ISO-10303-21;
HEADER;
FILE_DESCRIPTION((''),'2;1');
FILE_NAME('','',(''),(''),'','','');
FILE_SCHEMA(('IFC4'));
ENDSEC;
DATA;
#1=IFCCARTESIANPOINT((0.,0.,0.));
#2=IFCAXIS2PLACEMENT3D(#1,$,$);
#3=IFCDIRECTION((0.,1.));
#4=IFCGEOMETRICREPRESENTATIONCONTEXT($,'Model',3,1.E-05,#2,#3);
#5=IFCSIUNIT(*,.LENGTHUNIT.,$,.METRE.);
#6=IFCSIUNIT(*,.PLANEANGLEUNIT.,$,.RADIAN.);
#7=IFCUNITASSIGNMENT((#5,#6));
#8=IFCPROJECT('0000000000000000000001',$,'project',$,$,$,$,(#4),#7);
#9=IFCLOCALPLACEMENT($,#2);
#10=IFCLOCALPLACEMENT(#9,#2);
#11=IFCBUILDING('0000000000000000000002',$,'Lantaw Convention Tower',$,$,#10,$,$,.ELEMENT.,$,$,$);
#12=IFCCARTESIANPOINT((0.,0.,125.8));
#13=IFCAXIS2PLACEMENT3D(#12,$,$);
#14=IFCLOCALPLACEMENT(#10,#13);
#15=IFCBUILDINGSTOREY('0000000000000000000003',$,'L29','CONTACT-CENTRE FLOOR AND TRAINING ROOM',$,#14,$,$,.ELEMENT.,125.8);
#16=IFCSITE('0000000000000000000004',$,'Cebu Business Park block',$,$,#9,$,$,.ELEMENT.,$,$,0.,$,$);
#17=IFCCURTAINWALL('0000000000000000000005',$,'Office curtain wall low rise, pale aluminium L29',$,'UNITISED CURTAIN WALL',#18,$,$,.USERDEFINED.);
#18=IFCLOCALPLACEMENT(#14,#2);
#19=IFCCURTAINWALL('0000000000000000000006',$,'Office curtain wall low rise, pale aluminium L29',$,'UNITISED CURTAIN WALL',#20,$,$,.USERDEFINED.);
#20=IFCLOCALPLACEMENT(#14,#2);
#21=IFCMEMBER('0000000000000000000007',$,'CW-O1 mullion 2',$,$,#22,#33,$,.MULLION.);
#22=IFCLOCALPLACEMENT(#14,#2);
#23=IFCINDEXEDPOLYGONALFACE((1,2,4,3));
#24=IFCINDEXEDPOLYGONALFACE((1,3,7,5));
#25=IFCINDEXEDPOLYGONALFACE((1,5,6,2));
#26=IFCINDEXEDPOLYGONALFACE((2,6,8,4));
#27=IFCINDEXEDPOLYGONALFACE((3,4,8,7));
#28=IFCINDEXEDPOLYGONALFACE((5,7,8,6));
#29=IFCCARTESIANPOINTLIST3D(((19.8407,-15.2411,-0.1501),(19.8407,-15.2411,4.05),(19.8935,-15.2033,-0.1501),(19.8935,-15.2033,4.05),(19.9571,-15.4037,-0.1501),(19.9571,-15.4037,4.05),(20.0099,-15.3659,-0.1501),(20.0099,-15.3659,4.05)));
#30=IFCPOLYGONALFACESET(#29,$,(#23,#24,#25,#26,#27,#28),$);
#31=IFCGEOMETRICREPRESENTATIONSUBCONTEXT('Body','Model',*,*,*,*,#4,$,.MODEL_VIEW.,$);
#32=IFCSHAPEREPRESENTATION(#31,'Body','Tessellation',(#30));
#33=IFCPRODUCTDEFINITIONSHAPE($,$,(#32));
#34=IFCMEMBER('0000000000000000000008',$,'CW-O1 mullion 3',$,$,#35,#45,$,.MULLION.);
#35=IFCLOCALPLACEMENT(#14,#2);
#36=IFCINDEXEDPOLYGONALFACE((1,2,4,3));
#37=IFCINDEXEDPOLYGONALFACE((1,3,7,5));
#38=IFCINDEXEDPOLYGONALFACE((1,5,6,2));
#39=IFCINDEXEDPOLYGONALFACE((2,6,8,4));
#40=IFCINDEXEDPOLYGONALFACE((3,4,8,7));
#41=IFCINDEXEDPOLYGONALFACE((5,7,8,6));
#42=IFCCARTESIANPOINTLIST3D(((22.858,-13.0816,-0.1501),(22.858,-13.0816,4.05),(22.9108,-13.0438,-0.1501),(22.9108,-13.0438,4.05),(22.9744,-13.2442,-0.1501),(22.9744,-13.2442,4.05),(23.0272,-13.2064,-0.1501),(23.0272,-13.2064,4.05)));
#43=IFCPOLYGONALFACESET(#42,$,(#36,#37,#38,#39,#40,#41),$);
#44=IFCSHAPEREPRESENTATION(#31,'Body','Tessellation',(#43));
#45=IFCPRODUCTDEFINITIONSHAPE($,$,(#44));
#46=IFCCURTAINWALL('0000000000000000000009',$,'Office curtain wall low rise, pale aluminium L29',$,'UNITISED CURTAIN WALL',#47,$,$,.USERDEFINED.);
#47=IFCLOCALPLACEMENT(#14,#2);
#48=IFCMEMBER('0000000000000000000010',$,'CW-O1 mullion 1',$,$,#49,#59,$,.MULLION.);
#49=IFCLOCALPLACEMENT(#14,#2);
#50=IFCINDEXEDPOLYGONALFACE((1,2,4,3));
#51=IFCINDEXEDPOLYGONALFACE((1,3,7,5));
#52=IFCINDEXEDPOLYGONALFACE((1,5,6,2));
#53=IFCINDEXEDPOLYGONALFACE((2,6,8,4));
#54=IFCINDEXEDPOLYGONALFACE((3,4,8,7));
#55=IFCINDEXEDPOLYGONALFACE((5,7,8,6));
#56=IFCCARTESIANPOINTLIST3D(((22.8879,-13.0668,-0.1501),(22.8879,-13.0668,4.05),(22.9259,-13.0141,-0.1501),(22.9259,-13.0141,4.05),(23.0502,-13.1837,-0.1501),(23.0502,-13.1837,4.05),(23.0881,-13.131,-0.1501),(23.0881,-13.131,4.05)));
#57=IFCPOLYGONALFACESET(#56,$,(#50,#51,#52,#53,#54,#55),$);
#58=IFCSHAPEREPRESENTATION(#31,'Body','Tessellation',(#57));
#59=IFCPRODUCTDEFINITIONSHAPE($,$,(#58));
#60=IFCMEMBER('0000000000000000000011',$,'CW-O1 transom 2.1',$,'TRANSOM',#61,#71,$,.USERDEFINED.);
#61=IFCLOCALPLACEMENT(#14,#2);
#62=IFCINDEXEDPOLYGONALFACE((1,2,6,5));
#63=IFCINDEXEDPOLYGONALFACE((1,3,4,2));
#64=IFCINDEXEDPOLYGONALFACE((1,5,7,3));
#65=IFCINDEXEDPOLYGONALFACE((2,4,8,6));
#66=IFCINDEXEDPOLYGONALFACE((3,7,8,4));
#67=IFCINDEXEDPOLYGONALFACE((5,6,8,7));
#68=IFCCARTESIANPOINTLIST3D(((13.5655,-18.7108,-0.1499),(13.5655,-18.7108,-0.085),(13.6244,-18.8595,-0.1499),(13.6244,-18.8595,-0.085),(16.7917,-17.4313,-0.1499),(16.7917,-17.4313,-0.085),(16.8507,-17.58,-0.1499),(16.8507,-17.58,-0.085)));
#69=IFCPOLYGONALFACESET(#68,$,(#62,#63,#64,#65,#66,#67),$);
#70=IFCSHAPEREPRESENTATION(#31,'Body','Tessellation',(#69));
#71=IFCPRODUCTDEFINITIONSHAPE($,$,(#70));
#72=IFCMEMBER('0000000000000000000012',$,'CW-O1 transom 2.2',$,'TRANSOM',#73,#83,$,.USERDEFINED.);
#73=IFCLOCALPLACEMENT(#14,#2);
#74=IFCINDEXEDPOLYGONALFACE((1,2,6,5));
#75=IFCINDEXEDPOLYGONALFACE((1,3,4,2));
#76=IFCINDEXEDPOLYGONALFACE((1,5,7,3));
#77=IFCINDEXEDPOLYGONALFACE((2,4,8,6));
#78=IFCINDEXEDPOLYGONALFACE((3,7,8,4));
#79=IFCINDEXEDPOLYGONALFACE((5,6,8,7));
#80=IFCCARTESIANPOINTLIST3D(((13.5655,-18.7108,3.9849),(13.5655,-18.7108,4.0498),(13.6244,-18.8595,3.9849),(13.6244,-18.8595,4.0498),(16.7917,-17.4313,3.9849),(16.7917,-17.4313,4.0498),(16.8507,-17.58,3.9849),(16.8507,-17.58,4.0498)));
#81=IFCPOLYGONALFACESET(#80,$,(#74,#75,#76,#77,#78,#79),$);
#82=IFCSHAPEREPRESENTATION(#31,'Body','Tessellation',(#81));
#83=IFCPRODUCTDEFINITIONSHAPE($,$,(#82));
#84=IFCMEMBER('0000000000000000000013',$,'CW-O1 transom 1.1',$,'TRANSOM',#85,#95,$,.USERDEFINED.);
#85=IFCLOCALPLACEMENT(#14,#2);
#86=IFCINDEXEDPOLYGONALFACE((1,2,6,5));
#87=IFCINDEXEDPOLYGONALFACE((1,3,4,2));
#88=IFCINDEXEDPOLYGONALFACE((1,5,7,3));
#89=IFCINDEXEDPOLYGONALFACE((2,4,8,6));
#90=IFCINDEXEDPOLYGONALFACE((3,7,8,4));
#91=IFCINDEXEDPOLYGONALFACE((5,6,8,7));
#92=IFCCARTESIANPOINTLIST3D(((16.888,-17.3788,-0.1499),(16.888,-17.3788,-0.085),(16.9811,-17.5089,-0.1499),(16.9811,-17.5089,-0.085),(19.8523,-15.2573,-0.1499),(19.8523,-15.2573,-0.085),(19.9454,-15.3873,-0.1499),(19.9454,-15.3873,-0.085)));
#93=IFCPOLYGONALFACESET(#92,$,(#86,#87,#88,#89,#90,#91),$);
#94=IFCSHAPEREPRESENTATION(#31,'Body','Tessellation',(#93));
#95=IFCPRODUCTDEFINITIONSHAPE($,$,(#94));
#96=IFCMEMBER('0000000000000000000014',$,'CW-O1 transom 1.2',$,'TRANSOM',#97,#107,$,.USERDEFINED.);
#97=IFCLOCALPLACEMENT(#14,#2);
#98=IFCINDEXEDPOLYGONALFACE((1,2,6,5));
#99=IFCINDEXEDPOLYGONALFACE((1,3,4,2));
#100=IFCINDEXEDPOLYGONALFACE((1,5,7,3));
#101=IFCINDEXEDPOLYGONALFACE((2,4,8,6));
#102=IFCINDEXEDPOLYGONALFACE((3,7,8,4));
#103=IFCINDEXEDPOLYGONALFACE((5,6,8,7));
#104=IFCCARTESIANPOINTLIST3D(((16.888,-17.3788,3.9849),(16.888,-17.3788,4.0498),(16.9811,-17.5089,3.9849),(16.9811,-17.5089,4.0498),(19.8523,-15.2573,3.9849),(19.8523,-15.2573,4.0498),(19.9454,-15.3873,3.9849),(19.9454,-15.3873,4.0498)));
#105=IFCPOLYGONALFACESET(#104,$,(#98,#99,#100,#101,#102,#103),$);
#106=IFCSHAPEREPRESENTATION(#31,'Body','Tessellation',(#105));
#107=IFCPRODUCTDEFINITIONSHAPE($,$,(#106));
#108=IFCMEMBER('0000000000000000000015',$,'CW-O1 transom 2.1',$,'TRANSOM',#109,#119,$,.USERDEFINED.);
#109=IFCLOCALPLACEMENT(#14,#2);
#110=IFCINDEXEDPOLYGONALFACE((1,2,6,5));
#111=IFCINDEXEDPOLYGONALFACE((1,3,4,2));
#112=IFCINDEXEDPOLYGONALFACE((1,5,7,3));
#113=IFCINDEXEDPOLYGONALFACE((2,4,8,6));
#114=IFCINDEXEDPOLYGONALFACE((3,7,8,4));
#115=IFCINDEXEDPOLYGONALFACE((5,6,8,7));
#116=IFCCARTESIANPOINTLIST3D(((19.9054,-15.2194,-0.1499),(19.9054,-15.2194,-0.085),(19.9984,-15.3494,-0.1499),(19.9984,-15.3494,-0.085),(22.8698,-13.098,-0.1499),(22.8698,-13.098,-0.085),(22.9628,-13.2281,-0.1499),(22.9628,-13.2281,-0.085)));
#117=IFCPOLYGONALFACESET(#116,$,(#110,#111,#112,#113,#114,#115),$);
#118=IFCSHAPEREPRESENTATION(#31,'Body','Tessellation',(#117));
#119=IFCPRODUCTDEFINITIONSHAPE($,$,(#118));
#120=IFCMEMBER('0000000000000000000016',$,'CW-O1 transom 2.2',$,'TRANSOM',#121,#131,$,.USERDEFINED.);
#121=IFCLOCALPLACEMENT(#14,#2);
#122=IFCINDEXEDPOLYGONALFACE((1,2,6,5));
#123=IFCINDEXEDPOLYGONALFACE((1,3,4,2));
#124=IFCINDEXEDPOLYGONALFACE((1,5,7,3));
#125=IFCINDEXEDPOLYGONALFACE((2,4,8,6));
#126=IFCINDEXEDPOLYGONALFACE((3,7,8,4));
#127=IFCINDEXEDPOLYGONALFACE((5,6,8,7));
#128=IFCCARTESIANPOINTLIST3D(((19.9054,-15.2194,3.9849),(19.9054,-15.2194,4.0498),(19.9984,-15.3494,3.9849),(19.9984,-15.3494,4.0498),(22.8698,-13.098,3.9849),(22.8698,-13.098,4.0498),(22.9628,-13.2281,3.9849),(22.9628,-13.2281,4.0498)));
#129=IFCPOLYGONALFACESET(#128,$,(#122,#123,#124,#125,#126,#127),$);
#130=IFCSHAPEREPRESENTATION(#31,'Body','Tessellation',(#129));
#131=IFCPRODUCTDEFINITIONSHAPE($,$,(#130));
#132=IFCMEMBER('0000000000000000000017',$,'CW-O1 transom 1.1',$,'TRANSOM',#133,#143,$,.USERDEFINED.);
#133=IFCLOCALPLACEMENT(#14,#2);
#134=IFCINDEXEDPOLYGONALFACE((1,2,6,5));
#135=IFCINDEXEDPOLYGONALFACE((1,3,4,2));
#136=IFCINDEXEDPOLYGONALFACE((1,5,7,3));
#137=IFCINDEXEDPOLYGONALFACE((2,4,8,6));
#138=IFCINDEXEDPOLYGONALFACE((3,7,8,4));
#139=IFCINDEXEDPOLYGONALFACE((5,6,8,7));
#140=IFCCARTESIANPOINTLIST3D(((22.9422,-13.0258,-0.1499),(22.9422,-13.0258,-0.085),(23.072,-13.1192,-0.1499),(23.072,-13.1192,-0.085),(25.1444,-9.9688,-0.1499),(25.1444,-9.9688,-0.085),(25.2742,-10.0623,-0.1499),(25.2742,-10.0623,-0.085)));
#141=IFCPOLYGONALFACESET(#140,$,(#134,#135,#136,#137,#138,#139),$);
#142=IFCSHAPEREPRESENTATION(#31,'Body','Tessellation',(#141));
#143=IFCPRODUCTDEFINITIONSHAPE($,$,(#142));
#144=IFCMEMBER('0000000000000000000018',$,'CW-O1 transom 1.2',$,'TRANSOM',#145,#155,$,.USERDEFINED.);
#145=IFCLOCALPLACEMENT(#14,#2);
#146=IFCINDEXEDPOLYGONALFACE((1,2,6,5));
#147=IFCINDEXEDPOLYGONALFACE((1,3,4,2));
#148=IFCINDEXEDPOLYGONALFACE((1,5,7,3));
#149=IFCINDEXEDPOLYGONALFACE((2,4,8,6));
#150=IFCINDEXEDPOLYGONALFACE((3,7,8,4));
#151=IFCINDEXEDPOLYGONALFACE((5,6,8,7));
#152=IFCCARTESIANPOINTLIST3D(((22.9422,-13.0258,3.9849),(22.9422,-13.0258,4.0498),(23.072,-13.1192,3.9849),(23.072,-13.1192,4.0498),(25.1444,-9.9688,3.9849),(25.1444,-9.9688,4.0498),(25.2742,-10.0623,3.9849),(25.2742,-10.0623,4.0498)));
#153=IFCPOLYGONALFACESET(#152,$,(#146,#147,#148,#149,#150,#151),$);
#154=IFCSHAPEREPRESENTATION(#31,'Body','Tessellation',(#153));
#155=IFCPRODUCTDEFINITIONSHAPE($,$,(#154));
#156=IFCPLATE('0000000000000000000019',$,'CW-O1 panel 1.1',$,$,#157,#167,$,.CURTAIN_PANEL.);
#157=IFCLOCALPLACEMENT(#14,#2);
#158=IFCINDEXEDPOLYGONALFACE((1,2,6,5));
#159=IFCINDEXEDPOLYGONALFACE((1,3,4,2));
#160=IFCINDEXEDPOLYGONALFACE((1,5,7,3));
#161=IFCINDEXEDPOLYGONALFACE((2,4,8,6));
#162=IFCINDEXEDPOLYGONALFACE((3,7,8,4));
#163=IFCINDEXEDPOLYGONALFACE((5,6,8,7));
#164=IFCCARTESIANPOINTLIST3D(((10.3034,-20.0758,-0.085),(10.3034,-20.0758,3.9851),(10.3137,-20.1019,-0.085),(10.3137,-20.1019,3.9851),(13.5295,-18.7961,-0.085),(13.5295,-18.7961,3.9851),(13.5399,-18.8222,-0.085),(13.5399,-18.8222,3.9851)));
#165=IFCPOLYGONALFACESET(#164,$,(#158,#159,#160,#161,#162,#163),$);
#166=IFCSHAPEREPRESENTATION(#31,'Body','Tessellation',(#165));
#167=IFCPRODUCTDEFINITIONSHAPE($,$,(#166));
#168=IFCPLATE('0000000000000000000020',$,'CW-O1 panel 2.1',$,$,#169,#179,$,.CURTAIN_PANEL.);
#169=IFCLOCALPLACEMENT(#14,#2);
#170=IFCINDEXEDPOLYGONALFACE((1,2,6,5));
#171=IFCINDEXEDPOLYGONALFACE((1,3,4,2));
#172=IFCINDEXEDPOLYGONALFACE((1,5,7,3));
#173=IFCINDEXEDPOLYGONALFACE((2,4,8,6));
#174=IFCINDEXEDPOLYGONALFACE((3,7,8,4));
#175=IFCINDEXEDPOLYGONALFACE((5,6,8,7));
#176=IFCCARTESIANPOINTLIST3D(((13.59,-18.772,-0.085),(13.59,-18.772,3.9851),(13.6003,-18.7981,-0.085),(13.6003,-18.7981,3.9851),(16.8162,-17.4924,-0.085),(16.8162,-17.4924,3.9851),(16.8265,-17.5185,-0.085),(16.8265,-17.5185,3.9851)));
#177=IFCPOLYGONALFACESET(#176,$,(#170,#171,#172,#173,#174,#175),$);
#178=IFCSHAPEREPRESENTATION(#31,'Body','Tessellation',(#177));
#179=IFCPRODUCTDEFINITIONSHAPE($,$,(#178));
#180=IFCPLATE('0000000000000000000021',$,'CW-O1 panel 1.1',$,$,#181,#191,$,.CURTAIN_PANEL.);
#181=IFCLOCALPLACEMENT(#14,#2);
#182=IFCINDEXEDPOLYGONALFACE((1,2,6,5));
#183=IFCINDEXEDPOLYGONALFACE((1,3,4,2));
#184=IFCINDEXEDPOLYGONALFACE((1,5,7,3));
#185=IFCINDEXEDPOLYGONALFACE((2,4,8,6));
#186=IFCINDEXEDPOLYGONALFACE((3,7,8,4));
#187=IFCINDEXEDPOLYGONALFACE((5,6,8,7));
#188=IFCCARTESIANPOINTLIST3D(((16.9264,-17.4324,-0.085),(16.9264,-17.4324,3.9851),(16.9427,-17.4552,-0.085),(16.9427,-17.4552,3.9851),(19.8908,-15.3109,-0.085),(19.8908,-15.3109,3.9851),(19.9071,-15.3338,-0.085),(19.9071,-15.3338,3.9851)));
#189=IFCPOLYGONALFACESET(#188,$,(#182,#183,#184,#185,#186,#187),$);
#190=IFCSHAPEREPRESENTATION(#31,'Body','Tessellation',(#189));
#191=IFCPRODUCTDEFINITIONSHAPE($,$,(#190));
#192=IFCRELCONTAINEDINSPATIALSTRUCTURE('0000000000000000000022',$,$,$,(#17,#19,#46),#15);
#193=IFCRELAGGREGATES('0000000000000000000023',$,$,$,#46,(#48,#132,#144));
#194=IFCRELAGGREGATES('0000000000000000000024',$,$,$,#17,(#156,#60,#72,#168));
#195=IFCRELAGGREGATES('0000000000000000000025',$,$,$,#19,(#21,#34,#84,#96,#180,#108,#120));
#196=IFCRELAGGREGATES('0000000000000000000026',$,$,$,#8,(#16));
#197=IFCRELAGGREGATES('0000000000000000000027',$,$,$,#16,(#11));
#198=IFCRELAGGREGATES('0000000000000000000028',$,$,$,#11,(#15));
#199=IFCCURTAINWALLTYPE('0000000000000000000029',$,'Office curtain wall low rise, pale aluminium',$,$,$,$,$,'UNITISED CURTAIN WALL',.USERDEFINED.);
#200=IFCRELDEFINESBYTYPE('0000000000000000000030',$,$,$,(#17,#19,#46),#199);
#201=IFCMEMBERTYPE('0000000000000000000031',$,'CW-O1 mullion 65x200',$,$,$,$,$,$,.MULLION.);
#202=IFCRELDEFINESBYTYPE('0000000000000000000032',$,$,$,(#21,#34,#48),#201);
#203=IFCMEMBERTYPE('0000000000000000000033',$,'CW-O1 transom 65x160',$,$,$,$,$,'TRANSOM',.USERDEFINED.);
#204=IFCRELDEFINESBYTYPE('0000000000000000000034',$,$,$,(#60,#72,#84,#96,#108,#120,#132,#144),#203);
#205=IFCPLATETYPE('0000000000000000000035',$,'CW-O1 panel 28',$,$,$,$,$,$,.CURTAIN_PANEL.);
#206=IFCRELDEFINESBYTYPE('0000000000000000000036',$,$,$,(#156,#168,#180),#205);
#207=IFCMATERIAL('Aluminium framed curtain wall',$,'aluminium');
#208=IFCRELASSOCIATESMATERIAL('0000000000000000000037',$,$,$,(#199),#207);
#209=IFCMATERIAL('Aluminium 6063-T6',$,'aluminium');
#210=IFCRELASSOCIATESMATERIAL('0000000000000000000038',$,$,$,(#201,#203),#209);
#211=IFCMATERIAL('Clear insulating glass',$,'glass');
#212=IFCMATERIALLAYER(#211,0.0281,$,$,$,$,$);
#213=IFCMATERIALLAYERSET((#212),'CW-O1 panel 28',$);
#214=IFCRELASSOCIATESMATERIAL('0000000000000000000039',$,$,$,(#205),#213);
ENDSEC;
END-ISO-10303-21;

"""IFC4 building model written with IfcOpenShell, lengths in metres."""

from ifc_helpers import new_model, si_unit, direction, frame, origin, origin_2d, place, context, subcontext, project, spatial, rectangle, extrude, material, layer, layer_set, material_profile, profile_set, type_object, element, aggregate, save


model = new_model("IFC4")

# Units and contexts
model_context = context("Model", 3, precision=1e-05, world=origin(), true_north=direction((0.0, 1.0)))
body_context = subcontext(model_context, "Body", "Model", "MODEL_VIEW")
ifc_project = project(units=[si_unit("LENGTHUNIT", "METRE"), si_unit("PLANEANGLEUNIT", "RADIAN")], contexts=[model_context])

# Site, building, storey
site_placement = place(None, origin())
site = spatial("IfcSite", under=ifc_project, at=site_placement, Name="Cebu Business Park block", CompositionType="ELEMENT", RefElevation=0.0)
building_placement = place(site_placement, origin())
building = spatial("IfcBuilding", under=site, at=building_placement, Name="Lantaw Convention Tower", CompositionType="ELEMENT")
storey_placement = place(building_placement, frame((0.0, 0.0, 125.8)))
storey = spatial("IfcBuildingStorey", under=building, at=storey_placement, Name="L29", Description="CONTACT-CENTRE FLOOR AND TRAINING ROOM", CompositionType="ELEMENT", Elevation=125.8)

# Curtain walls, members
ifc_material_1 = material(Name="Aluminium framed curtain wall", Category="aluminium")
curtain_wall_type = type_object("IfcCurtainWallType", Name="Office curtain wall low rise, pale aluminium", ElementType="UNITISED CURTAIN WALL", PredefinedType="USERDEFINED", material=ifc_material_1)
curtain_wall_1_placement = place(storey_placement, origin())
curtain_wall_1 = element("IfcCurtainWall", 1, at=curtain_wall_1_placement, inside=storey, type_object=curtain_wall_type, Name="Office curtain wall low rise, pale aluminium L29", ObjectType="UNITISED CURTAIN WALL", PredefinedType="USERDEFINED")
ifc_material_2 = material(Name="Aluminium 6063-T6", Category="aluminium")
ifc_material_profile_1 = material_profile(ifc_material_2, rectangle(XDim=0.2, YDim=0.0649, at=origin_2d()), Name="CW-O1 mullion 65x200")
ifc_profile_set_1 = profile_set([ifc_material_profile_1], Name="Aluminium 6063-T6")
member_type_1 = type_object("IfcMemberType", Name="CW-O1 mullion 65x200", PredefinedType="MULLION", material=ifc_profile_set_1)
curtain_wall_2_placement = place(storey_placement, origin())
curtain_wall_2 = element("IfcCurtainWall", 2, at=curtain_wall_2_placement, inside=storey, type_object=curtain_wall_type, Name="Office curtain wall low rise, pale aluminium L29", ObjectType="UNITISED CURTAIN WALL", PredefinedType="USERDEFINED")
member_1_placement = place(storey_placement, frame((19.9253, -15.3035, -0.1501), z_axis=(0.0, 0.0, 1.0), x_axis=(-0.581973, 0.813208, 0.0)))
member_1 = element("IfcMember", 3, at=member_1_placement, type_object=member_type_1, Name="CW-O1 mullion 2", PredefinedType="MULLION", context=body_context, shape_type="SweptSolid", body=[
    extrude(rectangle(XDim=0.2, YDim=0.0649, at=origin_2d()), origin(), (0.0, 0.0, 1.0), 4.2002),
])
member_2_placement = place(storey_placement, frame((22.9426, -13.144, -0.1501), z_axis=(0.0, 0.0, 1.0), x_axis=(-0.581973, 0.813208, 0.0)))
member_2 = element("IfcMember", 4, at=member_2_placement, type_object=member_type_1, Name="CW-O1 mullion 3", PredefinedType="MULLION", context=body_context, shape_type="SweptSolid", body=[
    extrude(rectangle(XDim=0.2, YDim=0.0649, at=origin_2d()), origin(), (0.0, 0.0, 1.0), 4.2002),
])

# Curtain wall, member
curtain_wall_3_placement = place(storey_placement, origin())
curtain_wall_3 = element("IfcCurtainWall", 5, at=curtain_wall_3_placement, inside=storey, type_object=curtain_wall_type, Name="Office curtain wall low rise, pale aluminium L29", ObjectType="UNITISED CURTAIN WALL", PredefinedType="USERDEFINED")
member_3_placement = place(storey_placement, frame((22.988, -13.0989, -0.1501), z_axis=(0.0, 0.0, 1.0), x_axis=(-0.811385, 0.584513, 0.0)))
member_3 = element("IfcMember", 6, at=member_3_placement, type_object=member_type_1, Name="CW-O1 mullion 1", PredefinedType="MULLION", context=body_context, shape_type="SweptSolid", body=[
    extrude(rectangle(XDim=0.2, YDim=0.0649, at=origin_2d()), origin(), (0.0, 0.0, 1.0), 4.2002),
])

# Members
ifc_material_profile_2 = material_profile(ifc_material_2, rectangle(XDim=0.1599, YDim=0.0649, at=origin_2d()), Name="CW-O1 transom 65x160")
ifc_profile_set_2 = profile_set([ifc_material_profile_2], Name="Aluminium 6063-T6")
member_type_2 = type_object("IfcMemberType", Name="CW-O1 transom 65x160", ElementType="TRANSOM", PredefinedType="USERDEFINED", material=ifc_profile_set_2)
member_4_placement = place(storey_placement, frame((13.595, -18.7852, -0.1174), z_axis=(0.929564, 0.36866, 0.0), x_axis=(-0.36866, 0.929564, 0.0)))
member_4 = element("IfcMember", 7, at=member_4_placement, type_object=member_type_2, Name="CW-O1 transom 2.1", ObjectType="TRANSOM", PredefinedType="USERDEFINED", context=body_context, shape_type="SweptSolid", body=[
    extrude(rectangle(XDim=0.1599, YDim=0.0649, at=origin_2d()), origin(), (0.0, 0.0, 1.0), 3.4707),
])
member_5_placement = place(storey_placement, frame((13.595, -18.7852, 4.0173), z_axis=(0.929564, 0.36866, 0.0), x_axis=(-0.36866, 0.929564, 0.0)))
member_5 = element("IfcMember", 8, at=member_5_placement, type_object=member_type_2, Name="CW-O1 transom 2.2", ObjectType="TRANSOM", PredefinedType="USERDEFINED", context=body_context, shape_type="SweptSolid", body=[
    extrude(rectangle(XDim=0.1599, YDim=0.0649, at=origin_2d()), origin(), (0.0, 0.0, 1.0), 3.4707),
])
member_6_placement = place(storey_placement, frame((16.9346, -17.4438, -0.1174), z_axis=(0.81319, 0.581998, 0.0), x_axis=(-0.581998, 0.81319, 0.0)))
member_6 = element("IfcMember", 9, at=member_6_placement, type_object=member_type_2, Name="CW-O1 transom 1.1", ObjectType="TRANSOM", PredefinedType="USERDEFINED", context=body_context, shape_type="SweptSolid", body=[
    extrude(rectangle(XDim=0.1599, YDim=0.0649, at=origin_2d()), origin(), (0.0, 0.0, 1.0), 3.6453),
])
member_7_placement = place(storey_placement, frame((16.9346, -17.4438, 4.0173), z_axis=(0.81319, 0.581998, 0.0), x_axis=(-0.581998, 0.81319, 0.0)))
member_7 = element("IfcMember", 10, at=member_7_placement, type_object=member_type_2, Name="CW-O1 transom 1.2", ObjectType="TRANSOM", PredefinedType="USERDEFINED", context=body_context, shape_type="SweptSolid", body=[
    extrude(rectangle(XDim=0.1599, YDim=0.0649, at=origin_2d()), origin(), (0.0, 0.0, 1.0), 3.6453),
])
member_8_placement = place(storey_placement, frame((19.9519, -15.2844, -0.1174), z_axis=(0.813222, 0.581954, 0.0), x_axis=(-0.581954, 0.813222, 0.0)))
member_8 = element("IfcMember", 11, at=member_8_placement, type_object=member_type_2, Name="CW-O1 transom 2.1", ObjectType="TRANSOM", PredefinedType="USERDEFINED", context=body_context, shape_type="SweptSolid", body=[
    extrude(rectangle(XDim=0.1599, YDim=0.0649, at=origin_2d()), origin(), (0.0, 0.0, 1.0), 3.6453),
])
member_9_placement = place(storey_placement, frame((19.9519, -15.2844, 4.0173), z_axis=(0.813222, 0.581954, 0.0), x_axis=(-0.581954, 0.813222, 0.0)))
member_9 = element("IfcMember", 12, at=member_9_placement, type_object=member_type_2, Name="CW-O1 transom 2.2", ObjectType="TRANSOM", PredefinedType="USERDEFINED", context=body_context, shape_type="SweptSolid", body=[
    extrude(rectangle(XDim=0.1599, YDim=0.0649, at=origin_2d()), origin(), (0.0, 0.0, 1.0), 3.6453),
])
member_10_placement = place(storey_placement, frame((23.0071, -13.0725, -0.1174), z_axis=(0.584513, 0.811384, 0.0), x_axis=(-0.811384, 0.584513, 0.0)))
member_10 = element("IfcMember", 13, at=member_10_placement, type_object=member_type_2, Name="CW-O1 transom 1.1", ObjectType="TRANSOM", PredefinedType="USERDEFINED", context=body_context, shape_type="SweptSolid", body=[
    extrude(rectangle(XDim=0.1599, YDim=0.0649, at=origin_2d()), origin(), (0.0, 0.0, 1.0), 3.7676),
])
member_11_placement = place(storey_placement, frame((23.0071, -13.0725, 4.0173), z_axis=(0.584513, 0.811384, 0.0), x_axis=(-0.811384, 0.584513, 0.0)))
member_11 = element("IfcMember", 14, at=member_11_placement, type_object=member_type_2, Name="CW-O1 transom 1.2", ObjectType="TRANSOM", PredefinedType="USERDEFINED", context=body_context, shape_type="SweptSolid", body=[
    extrude(rectangle(XDim=0.1599, YDim=0.0649, at=origin_2d()), origin(), (0.0, 0.0, 1.0), 3.7676),
])
aggregate(curtain_wall_3, [member_3, member_10, member_11])

# Plates
ifc_material_3 = material(Name="Clear insulating glass", Category="glass")
ifc_layer_1 = layer(ifc_material_3, 0.0281)
ifc_layer_set_1 = layer_set([ifc_layer_1], Name="CW-O1 panel 28")
plate_type_1 = type_object("IfcPlateType", Name="CW-O1 panel 28", PredefinedType="CURTAIN_PANEL", material=ifc_layer_set_1)
plate_1_placement = place(storey_placement, frame((11.9216, -19.449, -0.085), z_axis=(0.0, 0.0, 1.0), x_axis=(0.929548, 0.368702, 0.0)))
plate_1 = element("IfcPlate", 15, at=plate_1_placement, type_object=plate_type_1, Name="CW-O1 panel 1.1", PredefinedType="CURTAIN_PANEL", context=body_context, shape_type="SweptSolid", body=[
    extrude(rectangle(XDim=3.4707, YDim=0.0281, at=origin_2d()), origin(), (0.0, 0.0, 1.0), 4.0701),
])
plate_2_placement = place(storey_placement, frame((15.2083, -18.1453, -0.085), z_axis=(0.0, 0.0, 1.0), x_axis=(0.929548, 0.368702, 0.0)))
plate_2 = element("IfcPlate", 16, at=plate_2_placement, type_object=plate_type_1, Name="CW-O1 panel 2.1", PredefinedType="CURTAIN_PANEL", context=body_context, shape_type="SweptSolid", body=[
    extrude(rectangle(XDim=3.4707, YDim=0.0281, at=origin_2d()), origin(), (0.0, 0.0, 1.0), 4.0701),
])
aggregate(curtain_wall_1, [plate_1, member_4, member_5, plate_2])
plate_3_placement = place(storey_placement, frame((18.4167, -16.3831, -0.085), z_axis=(0.0, 0.0, 1.0), x_axis=(0.813208, 0.581973, 0.0)))
plate_3 = element("IfcPlate", 17, at=plate_3_placement, type_object=plate_type_1, Name="CW-O1 panel 1.1", PredefinedType="CURTAIN_PANEL", context=body_context, shape_type="SweptSolid", body=[
    extrude(rectangle(XDim=3.6453, YDim=0.0281, at=origin_2d()), origin(), (0.0, 0.0, 1.0), 4.0701),
])
aggregate(curtain_wall_2, [member_1, member_2, member_6, member_7, plate_3, member_8, member_9])

save(model, "model.ifc")
